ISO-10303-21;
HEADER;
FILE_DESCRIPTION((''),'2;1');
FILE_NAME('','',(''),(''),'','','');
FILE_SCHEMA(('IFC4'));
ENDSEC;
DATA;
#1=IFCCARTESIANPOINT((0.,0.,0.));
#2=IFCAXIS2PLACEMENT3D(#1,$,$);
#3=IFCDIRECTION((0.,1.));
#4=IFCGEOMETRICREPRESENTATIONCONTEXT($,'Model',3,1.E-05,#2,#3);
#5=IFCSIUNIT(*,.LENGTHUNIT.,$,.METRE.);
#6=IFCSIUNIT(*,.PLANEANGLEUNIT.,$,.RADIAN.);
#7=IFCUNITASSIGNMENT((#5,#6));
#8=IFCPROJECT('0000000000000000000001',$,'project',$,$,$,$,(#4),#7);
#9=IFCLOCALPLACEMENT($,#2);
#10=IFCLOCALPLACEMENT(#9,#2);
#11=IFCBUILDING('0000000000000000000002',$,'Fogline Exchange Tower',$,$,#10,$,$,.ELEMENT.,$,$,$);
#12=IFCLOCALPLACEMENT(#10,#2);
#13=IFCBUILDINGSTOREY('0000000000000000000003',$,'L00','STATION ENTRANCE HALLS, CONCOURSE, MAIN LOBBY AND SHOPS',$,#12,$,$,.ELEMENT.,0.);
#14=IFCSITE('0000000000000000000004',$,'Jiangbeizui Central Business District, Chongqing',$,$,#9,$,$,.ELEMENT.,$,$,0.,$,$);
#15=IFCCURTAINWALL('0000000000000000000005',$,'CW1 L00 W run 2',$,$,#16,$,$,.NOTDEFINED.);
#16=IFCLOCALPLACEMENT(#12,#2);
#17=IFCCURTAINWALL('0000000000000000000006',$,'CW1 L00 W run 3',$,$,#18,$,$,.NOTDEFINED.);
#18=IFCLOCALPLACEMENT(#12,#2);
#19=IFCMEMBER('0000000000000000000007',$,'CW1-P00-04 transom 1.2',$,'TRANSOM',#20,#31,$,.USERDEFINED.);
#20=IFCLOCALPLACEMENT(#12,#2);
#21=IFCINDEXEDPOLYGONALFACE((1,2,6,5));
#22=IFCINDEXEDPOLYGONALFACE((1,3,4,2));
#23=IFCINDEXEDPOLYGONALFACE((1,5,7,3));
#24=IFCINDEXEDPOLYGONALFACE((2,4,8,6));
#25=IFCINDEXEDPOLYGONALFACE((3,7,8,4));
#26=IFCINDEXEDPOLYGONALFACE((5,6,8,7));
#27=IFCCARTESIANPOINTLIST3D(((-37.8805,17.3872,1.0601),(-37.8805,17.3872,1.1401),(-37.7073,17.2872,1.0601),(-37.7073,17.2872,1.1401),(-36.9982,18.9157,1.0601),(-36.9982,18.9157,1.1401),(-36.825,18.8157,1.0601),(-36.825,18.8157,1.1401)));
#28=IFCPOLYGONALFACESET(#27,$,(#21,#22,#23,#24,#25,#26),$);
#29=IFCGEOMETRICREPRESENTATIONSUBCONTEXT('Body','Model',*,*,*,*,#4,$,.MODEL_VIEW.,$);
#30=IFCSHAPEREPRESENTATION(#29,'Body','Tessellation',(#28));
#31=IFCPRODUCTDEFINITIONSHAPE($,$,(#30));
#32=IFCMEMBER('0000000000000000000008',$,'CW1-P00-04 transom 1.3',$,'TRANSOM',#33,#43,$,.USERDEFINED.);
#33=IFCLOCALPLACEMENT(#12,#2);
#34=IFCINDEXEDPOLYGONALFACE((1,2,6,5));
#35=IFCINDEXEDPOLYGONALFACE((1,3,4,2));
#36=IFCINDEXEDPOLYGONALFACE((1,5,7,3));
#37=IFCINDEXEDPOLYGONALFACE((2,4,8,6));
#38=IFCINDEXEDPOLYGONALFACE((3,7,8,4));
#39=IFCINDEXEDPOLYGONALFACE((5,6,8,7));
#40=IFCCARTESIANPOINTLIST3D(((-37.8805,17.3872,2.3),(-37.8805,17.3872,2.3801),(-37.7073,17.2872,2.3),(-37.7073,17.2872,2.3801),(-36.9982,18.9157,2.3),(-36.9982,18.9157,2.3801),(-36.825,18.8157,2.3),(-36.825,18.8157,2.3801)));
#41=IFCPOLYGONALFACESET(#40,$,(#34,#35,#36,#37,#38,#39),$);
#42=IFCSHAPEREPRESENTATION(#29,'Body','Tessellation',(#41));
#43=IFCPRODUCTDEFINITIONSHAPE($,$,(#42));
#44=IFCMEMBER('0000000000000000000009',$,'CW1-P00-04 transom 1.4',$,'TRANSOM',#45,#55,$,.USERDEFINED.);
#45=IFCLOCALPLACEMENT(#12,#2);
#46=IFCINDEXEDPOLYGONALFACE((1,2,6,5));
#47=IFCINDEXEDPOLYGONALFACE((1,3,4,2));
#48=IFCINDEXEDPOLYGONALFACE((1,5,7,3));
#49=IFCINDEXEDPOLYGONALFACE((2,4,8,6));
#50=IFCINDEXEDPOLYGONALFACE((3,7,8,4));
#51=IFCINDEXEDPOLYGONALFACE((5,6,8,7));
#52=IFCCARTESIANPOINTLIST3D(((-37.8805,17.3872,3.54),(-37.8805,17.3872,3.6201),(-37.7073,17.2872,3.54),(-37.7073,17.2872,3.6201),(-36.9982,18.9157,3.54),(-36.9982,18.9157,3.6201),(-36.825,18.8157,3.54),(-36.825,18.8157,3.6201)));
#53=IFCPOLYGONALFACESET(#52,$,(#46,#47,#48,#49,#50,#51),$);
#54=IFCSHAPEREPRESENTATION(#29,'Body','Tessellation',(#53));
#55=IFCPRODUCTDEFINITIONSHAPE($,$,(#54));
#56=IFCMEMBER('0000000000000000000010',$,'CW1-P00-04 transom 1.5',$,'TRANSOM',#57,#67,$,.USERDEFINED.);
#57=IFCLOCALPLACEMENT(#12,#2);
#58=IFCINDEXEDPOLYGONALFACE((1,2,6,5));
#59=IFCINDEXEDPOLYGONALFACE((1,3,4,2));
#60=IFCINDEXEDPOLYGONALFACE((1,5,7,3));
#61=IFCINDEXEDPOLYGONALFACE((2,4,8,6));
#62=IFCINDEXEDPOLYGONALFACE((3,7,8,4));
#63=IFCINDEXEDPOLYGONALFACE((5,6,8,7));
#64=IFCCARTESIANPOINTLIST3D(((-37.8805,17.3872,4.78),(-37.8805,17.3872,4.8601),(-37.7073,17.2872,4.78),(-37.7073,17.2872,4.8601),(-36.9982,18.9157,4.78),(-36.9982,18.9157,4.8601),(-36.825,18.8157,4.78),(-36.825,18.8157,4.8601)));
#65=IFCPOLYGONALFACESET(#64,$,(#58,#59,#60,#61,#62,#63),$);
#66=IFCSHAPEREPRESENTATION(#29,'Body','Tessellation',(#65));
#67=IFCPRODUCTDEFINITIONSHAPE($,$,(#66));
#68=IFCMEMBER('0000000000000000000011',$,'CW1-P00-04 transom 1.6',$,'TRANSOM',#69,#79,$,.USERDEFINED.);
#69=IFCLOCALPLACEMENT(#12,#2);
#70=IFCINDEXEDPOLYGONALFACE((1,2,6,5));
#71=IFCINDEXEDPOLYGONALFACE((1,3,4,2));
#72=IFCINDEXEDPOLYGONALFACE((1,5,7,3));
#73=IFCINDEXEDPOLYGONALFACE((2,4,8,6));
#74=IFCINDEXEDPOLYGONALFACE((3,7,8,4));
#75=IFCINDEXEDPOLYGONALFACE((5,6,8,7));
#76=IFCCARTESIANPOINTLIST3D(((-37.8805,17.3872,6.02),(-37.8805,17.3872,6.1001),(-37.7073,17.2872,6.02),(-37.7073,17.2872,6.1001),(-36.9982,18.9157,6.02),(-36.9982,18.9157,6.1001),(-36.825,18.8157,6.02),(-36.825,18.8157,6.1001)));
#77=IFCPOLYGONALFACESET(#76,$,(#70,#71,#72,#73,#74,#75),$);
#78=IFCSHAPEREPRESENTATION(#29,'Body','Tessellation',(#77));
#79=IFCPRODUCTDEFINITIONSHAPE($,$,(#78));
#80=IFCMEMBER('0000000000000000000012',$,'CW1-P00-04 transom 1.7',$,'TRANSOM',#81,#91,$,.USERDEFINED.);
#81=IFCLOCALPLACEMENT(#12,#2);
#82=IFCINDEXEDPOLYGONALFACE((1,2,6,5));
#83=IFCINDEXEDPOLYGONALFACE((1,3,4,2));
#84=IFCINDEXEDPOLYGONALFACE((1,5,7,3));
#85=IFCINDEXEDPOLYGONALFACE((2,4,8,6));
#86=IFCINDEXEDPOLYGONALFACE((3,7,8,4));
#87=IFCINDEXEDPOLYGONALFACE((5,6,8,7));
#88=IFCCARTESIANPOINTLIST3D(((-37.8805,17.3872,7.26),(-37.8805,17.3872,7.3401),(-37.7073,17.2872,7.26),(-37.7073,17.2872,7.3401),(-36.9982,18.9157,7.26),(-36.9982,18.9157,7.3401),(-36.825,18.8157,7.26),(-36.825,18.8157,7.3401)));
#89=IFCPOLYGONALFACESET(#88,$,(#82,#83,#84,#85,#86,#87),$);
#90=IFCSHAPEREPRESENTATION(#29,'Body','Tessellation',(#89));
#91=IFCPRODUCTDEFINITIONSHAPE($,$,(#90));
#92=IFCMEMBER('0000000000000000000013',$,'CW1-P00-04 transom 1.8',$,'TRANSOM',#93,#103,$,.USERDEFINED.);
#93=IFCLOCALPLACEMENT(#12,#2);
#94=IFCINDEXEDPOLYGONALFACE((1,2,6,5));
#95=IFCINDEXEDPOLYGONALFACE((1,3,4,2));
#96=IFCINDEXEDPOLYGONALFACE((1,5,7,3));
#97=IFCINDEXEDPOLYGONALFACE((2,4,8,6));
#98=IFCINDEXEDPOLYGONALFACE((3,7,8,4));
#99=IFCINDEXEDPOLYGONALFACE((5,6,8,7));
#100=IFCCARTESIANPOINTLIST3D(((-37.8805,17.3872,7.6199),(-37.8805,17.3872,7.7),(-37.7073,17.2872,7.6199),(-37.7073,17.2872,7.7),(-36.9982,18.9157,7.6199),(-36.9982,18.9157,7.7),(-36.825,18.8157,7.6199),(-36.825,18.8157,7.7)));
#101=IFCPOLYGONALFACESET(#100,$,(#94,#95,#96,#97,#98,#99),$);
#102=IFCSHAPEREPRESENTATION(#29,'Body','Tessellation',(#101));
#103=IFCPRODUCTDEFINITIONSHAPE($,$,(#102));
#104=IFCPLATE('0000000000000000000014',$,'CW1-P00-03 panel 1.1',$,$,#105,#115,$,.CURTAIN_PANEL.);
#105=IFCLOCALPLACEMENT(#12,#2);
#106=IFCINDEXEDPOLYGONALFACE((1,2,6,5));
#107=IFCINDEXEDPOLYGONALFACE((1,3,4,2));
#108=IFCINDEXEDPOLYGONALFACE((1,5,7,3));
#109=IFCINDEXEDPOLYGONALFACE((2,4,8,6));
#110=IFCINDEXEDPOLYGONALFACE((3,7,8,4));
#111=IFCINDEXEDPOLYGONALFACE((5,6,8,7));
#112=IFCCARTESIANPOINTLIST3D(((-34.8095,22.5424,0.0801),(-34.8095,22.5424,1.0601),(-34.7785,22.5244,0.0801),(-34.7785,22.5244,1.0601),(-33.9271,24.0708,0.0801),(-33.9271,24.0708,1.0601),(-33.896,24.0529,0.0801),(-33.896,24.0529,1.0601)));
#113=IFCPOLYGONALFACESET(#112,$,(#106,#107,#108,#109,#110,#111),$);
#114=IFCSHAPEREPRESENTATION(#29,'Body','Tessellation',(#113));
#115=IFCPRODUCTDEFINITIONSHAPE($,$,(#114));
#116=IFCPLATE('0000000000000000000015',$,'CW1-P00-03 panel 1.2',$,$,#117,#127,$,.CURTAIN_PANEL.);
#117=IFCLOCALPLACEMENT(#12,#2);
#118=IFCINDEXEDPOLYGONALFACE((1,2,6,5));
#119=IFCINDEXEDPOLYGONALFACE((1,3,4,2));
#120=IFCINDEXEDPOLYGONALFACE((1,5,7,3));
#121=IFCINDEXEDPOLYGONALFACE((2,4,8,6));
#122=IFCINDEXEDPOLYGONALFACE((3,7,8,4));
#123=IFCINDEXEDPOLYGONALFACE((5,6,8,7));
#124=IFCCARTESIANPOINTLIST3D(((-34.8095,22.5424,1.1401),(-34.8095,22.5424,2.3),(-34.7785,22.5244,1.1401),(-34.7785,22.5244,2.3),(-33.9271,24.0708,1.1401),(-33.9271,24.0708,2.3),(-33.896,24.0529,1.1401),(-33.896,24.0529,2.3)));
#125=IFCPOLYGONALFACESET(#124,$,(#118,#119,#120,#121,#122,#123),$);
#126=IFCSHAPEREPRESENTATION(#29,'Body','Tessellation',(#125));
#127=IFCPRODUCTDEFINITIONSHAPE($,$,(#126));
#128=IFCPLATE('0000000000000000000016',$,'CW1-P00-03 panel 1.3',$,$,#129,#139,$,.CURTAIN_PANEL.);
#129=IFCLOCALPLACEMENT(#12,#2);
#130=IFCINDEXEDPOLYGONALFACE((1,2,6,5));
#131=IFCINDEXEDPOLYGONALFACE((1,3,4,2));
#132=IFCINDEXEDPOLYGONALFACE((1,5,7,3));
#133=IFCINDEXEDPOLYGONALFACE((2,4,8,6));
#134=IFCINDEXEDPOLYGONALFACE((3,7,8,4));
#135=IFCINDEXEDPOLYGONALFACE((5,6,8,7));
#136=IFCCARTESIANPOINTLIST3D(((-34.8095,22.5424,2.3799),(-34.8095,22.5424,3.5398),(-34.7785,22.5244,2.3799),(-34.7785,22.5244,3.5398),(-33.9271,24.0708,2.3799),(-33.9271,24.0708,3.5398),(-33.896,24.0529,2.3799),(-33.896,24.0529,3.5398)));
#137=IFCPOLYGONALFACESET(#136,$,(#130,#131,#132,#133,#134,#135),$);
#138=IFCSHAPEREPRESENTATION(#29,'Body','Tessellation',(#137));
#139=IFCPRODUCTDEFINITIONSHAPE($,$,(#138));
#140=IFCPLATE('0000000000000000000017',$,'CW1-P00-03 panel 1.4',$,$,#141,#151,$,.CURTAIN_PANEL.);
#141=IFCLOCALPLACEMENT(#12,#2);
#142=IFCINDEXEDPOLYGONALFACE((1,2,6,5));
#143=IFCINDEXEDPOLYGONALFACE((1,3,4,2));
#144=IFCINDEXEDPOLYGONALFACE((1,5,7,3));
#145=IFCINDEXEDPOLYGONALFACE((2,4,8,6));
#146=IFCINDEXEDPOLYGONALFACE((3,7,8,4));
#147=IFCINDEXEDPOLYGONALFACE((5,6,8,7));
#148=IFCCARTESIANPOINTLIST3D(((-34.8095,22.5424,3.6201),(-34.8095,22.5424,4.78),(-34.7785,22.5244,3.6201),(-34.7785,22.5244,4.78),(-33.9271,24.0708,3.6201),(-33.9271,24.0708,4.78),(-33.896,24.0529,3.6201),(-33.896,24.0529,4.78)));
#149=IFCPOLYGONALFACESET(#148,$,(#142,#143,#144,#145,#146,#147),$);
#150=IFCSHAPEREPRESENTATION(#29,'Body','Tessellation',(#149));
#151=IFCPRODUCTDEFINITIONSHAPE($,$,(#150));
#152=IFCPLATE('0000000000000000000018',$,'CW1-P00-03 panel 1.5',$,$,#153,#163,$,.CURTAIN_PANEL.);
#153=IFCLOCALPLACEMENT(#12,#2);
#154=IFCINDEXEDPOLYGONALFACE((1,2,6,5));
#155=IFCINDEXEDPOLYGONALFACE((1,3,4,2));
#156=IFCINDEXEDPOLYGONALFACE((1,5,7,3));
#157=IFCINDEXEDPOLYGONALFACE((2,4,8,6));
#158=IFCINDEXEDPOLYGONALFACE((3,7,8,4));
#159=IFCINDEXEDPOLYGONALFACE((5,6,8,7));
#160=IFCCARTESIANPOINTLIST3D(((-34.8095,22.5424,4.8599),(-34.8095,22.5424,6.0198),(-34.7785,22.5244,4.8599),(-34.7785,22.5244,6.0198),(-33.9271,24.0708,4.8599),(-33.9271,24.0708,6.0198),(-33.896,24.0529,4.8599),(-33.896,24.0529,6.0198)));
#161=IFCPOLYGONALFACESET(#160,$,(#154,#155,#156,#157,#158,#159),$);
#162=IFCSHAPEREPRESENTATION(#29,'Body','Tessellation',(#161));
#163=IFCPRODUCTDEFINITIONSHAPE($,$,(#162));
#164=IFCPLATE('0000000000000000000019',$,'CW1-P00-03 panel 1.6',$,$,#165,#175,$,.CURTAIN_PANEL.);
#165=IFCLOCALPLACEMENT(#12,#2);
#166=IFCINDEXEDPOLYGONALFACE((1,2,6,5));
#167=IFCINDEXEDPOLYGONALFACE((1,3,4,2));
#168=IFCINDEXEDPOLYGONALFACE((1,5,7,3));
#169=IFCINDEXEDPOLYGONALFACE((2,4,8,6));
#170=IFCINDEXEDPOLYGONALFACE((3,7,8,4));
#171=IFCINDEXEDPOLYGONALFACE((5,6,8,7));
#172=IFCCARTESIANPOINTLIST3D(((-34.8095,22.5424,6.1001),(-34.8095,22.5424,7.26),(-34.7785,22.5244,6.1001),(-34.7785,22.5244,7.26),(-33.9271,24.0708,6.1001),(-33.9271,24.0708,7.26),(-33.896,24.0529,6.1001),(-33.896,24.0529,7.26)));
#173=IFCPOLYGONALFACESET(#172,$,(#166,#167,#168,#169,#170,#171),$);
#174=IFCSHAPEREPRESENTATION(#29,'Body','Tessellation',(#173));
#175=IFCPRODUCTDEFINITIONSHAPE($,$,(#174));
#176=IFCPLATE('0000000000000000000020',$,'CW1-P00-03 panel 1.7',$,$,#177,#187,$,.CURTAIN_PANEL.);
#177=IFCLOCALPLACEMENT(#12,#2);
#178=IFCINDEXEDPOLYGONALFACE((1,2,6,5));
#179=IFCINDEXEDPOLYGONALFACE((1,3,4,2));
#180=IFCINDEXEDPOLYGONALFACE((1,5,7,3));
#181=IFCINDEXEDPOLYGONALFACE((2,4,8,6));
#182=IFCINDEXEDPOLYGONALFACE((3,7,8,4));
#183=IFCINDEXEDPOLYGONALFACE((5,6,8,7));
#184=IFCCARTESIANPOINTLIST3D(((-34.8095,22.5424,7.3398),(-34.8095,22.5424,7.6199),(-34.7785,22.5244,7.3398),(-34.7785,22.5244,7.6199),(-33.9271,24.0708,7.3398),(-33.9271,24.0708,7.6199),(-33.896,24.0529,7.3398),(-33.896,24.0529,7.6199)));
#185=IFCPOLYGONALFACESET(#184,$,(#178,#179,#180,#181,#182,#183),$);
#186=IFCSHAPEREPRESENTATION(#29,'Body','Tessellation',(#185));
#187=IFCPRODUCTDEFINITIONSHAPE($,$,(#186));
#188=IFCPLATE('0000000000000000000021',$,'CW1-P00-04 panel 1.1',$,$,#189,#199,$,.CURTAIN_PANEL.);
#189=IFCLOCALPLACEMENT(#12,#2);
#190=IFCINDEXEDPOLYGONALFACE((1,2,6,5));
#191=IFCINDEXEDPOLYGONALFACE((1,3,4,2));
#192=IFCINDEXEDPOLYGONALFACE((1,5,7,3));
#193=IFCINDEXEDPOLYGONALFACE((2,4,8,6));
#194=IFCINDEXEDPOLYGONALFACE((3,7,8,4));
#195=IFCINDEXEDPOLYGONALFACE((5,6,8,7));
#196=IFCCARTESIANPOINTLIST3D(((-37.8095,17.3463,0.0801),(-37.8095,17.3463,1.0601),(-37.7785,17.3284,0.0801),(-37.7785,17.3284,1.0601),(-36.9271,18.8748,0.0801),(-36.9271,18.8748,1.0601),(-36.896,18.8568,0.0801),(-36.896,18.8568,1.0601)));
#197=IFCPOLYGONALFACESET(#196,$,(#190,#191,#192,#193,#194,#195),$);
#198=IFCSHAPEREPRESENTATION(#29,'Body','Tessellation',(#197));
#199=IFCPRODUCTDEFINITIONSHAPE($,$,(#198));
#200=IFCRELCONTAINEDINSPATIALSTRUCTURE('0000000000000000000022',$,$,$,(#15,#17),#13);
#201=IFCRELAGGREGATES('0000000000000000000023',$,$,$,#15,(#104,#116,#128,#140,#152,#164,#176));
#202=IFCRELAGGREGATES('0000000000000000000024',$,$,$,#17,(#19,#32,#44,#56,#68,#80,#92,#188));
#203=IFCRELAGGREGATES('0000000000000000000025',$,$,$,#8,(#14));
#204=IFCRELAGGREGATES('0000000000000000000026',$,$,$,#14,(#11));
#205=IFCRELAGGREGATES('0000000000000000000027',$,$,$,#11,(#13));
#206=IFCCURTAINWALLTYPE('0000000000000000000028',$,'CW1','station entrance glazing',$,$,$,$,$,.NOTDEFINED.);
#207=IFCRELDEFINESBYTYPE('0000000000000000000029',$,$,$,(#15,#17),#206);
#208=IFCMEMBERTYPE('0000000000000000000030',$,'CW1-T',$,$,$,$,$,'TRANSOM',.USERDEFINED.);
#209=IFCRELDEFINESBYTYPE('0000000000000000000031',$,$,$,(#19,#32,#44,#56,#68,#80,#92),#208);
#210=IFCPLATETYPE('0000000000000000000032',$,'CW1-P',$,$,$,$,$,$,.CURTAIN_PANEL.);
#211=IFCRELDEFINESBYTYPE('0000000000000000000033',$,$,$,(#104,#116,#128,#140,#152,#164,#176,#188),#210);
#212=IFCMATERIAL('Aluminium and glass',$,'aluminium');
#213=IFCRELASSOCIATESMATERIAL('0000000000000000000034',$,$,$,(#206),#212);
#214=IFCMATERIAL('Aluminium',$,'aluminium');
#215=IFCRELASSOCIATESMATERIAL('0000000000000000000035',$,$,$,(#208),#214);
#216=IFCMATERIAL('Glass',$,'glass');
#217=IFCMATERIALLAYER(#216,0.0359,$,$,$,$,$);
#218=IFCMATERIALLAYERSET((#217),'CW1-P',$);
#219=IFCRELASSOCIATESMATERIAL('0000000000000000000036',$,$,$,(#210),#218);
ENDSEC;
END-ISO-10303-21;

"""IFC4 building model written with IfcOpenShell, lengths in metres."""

from ifc_helpers import new_model, si_unit, direction, frame, origin, origin_2d, place, context, subcontext, project, spatial, rectangle, extrude, material, layer, layer_set, material_profile, profile_set, type_object, element, aggregate, save


model = new_model("IFC4")

# Units and contexts
model_context = context("Model", 3, precision=1e-05, world=origin(), true_north=direction((0.0, 1.0)))
body_context = subcontext(model_context, "Body", "Model", "MODEL_VIEW")
ifc_project = project(units=[si_unit("LENGTHUNIT", "METRE"), si_unit("PLANEANGLEUNIT", "RADIAN")], contexts=[model_context])

# Site, building, storey
site_placement = place(None, origin())
site = spatial("IfcSite", under=ifc_project, at=site_placement, Name="Jiangbeizui Central Business District, Chongqing", CompositionType="ELEMENT", RefElevation=0.0)
building_placement = place(site_placement, origin())
building = spatial("IfcBuilding", under=site, at=building_placement, Name="Fogline Exchange Tower", CompositionType="ELEMENT")
storey_placement = place(building_placement, origin())
storey = spatial("IfcBuildingStorey", under=building, at=storey_placement, Name="L00", Description="STATION ENTRANCE HALLS, CONCOURSE, MAIN LOBBY AND SHOPS", CompositionType="ELEMENT", Elevation=0.0)

# Curtain walls
ifc_material_1 = material(Name="Aluminium and glass", Category="aluminium")
curtain_wall_type = type_object("IfcCurtainWallType", Name="CW1", Description="station entrance glazing", PredefinedType="NOTDEFINED", material=ifc_material_1)
curtain_wall_1_placement = place(storey_placement, origin())
curtain_wall_1 = element("IfcCurtainWall", 1, at=curtain_wall_1_placement, inside=storey, type_object=curtain_wall_type, Name="CW1 L00 W run 2", PredefinedType="NOTDEFINED")
ifc_material_2 = material(Name="Aluminium", Category="aluminium")
curtain_wall_2_placement = place(storey_placement, origin())
curtain_wall_2 = element("IfcCurtainWall", 2, at=curtain_wall_2_placement, inside=storey, type_object=curtain_wall_type, Name="CW1 L00 W run 3", PredefinedType="NOTDEFINED")

# Members
ifc_material_profile_1 = material_profile(ifc_material_2, rectangle(XDim=0.2, YDim=0.0801, at=origin_2d()), Name="Transom 80x200")
ifc_profile_set_1 = profile_set([ifc_material_profile_1], Name="Aluminium")
member_type_1 = type_object("IfcMemberType", Name="CW1-T", ElementType="TRANSOM", PredefinedType="USERDEFINED", material=ifc_profile_set_1)
member_1_placement = place(storey_placement, frame((-36.9116, 18.8657, 1.1001), z_axis=(-0.499918, -0.866073, 0.0), x_axis=(0.866073, -0.499918, 0.0)))
member_1 = element("IfcMember", 3, at=member_1_placement, type_object=member_type_1, Name="CW1-P00-04 transom 1.2", ObjectType="TRANSOM", PredefinedType="USERDEFINED", context=body_context, shape_type="SweptSolid", body=[
    extrude(rectangle(XDim=0.2, YDim=0.0801, at=origin_2d()), origin(), (0.0, 0.0, 1.0), 1.7649),
])
member_2_placement = place(storey_placement, frame((-36.9116, 18.8657, 2.3401), z_axis=(-0.499918, -0.866073, 0.0), x_axis=(0.866073, -0.499918, 0.0)))
member_2 = element("IfcMember", 4, at=member_2_placement, type_object=member_type_1, Name="CW1-P00-04 transom 1.3", ObjectType="TRANSOM", PredefinedType="USERDEFINED", context=body_context, shape_type="SweptSolid", body=[
    extrude(rectangle(XDim=0.2, YDim=0.0801, at=origin_2d()), origin(), (0.0, 0.0, 1.0), 1.7649),
])
member_3_placement = place(storey_placement, frame((-36.9116, 18.8657, 3.5801), z_axis=(-0.499918, -0.866073, 0.0), x_axis=(0.866073, -0.499918, 0.0)))
member_3 = element("IfcMember", 5, at=member_3_placement, type_object=member_type_1, Name="CW1-P00-04 transom 1.4", ObjectType="TRANSOM", PredefinedType="USERDEFINED", context=body_context, shape_type="SweptSolid", body=[
    extrude(rectangle(XDim=0.2, YDim=0.0801, at=origin_2d()), origin(), (0.0, 0.0, 1.0), 1.7649),
])
member_4_placement = place(storey_placement, frame((-36.9116, 18.8657, 4.8201), z_axis=(-0.499918, -0.866073, 0.0), x_axis=(0.866073, -0.499918, 0.0)))
member_4 = element("IfcMember", 6, at=member_4_placement, type_object=member_type_1, Name="CW1-P00-04 transom 1.5", ObjectType="TRANSOM", PredefinedType="USERDEFINED", context=body_context, shape_type="SweptSolid", body=[
    extrude(rectangle(XDim=0.2, YDim=0.0801, at=origin_2d()), origin(), (0.0, 0.0, 1.0), 1.7649),
])
member_5_placement = place(storey_placement, frame((-36.9116, 18.8657, 6.0601), z_axis=(-0.499918, -0.866073, 0.0), x_axis=(0.866073, -0.499918, 0.0)))
member_5 = element("IfcMember", 7, at=member_5_placement, type_object=member_type_1, Name="CW1-P00-04 transom 1.6", ObjectType="TRANSOM", PredefinedType="USERDEFINED", context=body_context, shape_type="SweptSolid", body=[
    extrude(rectangle(XDim=0.2, YDim=0.0801, at=origin_2d()), origin(), (0.0, 0.0, 1.0), 1.7649),
])
member_6_placement = place(storey_placement, frame((-36.9116, 18.8657, 7.3), z_axis=(-0.499918, -0.866073, 0.0), x_axis=(0.866073, -0.499918, 0.0)))
member_6 = element("IfcMember", 8, at=member_6_placement, type_object=member_type_1, Name="CW1-P00-04 transom 1.7", ObjectType="TRANSOM", PredefinedType="USERDEFINED", context=body_context, shape_type="SweptSolid", body=[
    extrude(rectangle(XDim=0.2, YDim=0.0801, at=origin_2d()), origin(), (0.0, 0.0, 1.0), 1.7649),
])
member_7_placement = place(storey_placement, frame((-36.9116, 18.8657, 7.6599), z_axis=(-0.499918, -0.866073, 0.0), x_axis=(0.866073, -0.499918, 0.0)))
member_7 = element("IfcMember", 9, at=member_7_placement, type_object=member_type_1, Name="CW1-P00-04 transom 1.8", ObjectType="TRANSOM", PredefinedType="USERDEFINED", context=body_context, shape_type="SweptSolid", body=[
    extrude(rectangle(XDim=0.2, YDim=0.0801, at=origin_2d()), origin(), (0.0, 0.0, 1.0), 1.7649),
])

# Plates
ifc_material_3 = material(Name="Glass", Category="glass")
ifc_layer_1 = layer(ifc_material_3, 0.0359)
ifc_layer_set_1 = layer_set([ifc_layer_1], Name="CW1-P")
plate_type = type_object("IfcPlateType", Name="CW1-P", PredefinedType="CURTAIN_PANEL", material=ifc_layer_set_1)
plate_1_placement = place(storey_placement, frame((-34.3528, 23.2976, 0.0801), z_axis=(0.0, 0.0, 1.0), x_axis=(-0.500002, -0.866024, 0.0)))
plate_1 = element("IfcPlate", 10, at=plate_1_placement, type_object=plate_type, Name="CW1-P00-03 panel 1.1", PredefinedType="CURTAIN_PANEL", context=body_context, shape_type="SweptSolid", body=[
    extrude(rectangle(XDim=1.7649, YDim=0.0359, at=origin_2d()), origin(), (0.0, 0.0, 1.0), 0.98),
])
plate_2_placement = place(storey_placement, frame((-34.3528, 23.2976, 1.1401), z_axis=(0.0, 0.0, 1.0), x_axis=(-0.500002, -0.866024, 0.0)))
plate_2 = element("IfcPlate", 11, at=plate_2_placement, type_object=plate_type, Name="CW1-P00-03 panel 1.2", PredefinedType="CURTAIN_PANEL", context=body_context, shape_type="SweptSolid", body=[
    extrude(rectangle(XDim=1.7649, YDim=0.0359, at=origin_2d()), origin(), (0.0, 0.0, 1.0), 1.1599),
])
plate_3_placement = place(storey_placement, frame((-34.3528, 23.2976, 2.3799), z_axis=(0.0, 0.0, 1.0), x_axis=(-0.500002, -0.866024, 0.0)))
plate_3 = element("IfcPlate", 12, at=plate_3_placement, type_object=plate_type, Name="CW1-P00-03 panel 1.3", PredefinedType="CURTAIN_PANEL", context=body_context, shape_type="SweptSolid", body=[
    extrude(rectangle(XDim=1.7649, YDim=0.0359, at=origin_2d()), origin(), (0.0, 0.0, 1.0), 1.1599),
])
plate_4_placement = place(storey_placement, frame((-34.3528, 23.2976, 3.6201), z_axis=(0.0, 0.0, 1.0), x_axis=(-0.500002, -0.866024, 0.0)))
plate_4 = element("IfcPlate", 13, at=plate_4_placement, type_object=plate_type, Name="CW1-P00-03 panel 1.4", PredefinedType="CURTAIN_PANEL", context=body_context, shape_type="SweptSolid", body=[
    extrude(rectangle(XDim=1.7649, YDim=0.0359, at=origin_2d()), origin(), (0.0, 0.0, 1.0), 1.1599),
])
plate_5_placement = place(storey_placement, frame((-34.3528, 23.2976, 4.8599), z_axis=(0.0, 0.0, 1.0), x_axis=(-0.500002, -0.866024, 0.0)))
plate_5 = element("IfcPlate", 14, at=plate_5_placement, type_object=plate_type, Name="CW1-P00-03 panel 1.5", PredefinedType="CURTAIN_PANEL", context=body_context, shape_type="SweptSolid", body=[
    extrude(rectangle(XDim=1.7649, YDim=0.0359, at=origin_2d()), origin(), (0.0, 0.0, 1.0), 1.1599),
])
plate_6_placement = place(storey_placement, frame((-34.3528, 23.2976, 6.1001), z_axis=(0.0, 0.0, 1.0), x_axis=(-0.500002, -0.866024, 0.0)))
plate_6 = element("IfcPlate", 15, at=plate_6_placement, type_object=plate_type, Name="CW1-P00-03 panel 1.6", PredefinedType="CURTAIN_PANEL", context=body_context, shape_type="SweptSolid", body=[
    extrude(rectangle(XDim=1.7649, YDim=0.0359, at=origin_2d()), origin(), (0.0, 0.0, 1.0), 1.1599),
])
plate_7_placement = place(storey_placement, frame((-34.3528, 23.2976, 7.3398), z_axis=(0.0, 0.0, 1.0), x_axis=(-0.500002, -0.866024, 0.0)))
plate_7 = element("IfcPlate", 16, at=plate_7_placement, type_object=plate_type, Name="CW1-P00-03 panel 1.7", PredefinedType="CURTAIN_PANEL", context=body_context, shape_type="SweptSolid", body=[
    extrude(rectangle(XDim=1.7649, YDim=0.0359, at=origin_2d()), origin(), (0.0, 0.0, 1.0), 0.28),
])
aggregate(curtain_wall_1, [plate_1, plate_2, plate_3, plate_4, plate_5, plate_6, plate_7])
plate_8_placement = place(storey_placement, frame((-37.3528, 18.1016, 0.0801), z_axis=(0.0, 0.0, 1.0), x_axis=(-0.5, -0.866026, 0.0)))
plate_8 = element("IfcPlate", 17, at=plate_8_placement, type_object=plate_type, Name="CW1-P00-04 panel 1.1", PredefinedType="CURTAIN_PANEL", context=body_context, shape_type="SweptSolid", body=[
    extrude(rectangle(XDim=1.7649, YDim=0.0359, at=origin_2d()), origin(), (0.0, 0.0, 1.0), 0.98),
])
aggregate(curtain_wall_2, [member_1, member_2, member_3, member_4, member_5, member_6, member_7, plate_8])

save(model, "model.ifc")
